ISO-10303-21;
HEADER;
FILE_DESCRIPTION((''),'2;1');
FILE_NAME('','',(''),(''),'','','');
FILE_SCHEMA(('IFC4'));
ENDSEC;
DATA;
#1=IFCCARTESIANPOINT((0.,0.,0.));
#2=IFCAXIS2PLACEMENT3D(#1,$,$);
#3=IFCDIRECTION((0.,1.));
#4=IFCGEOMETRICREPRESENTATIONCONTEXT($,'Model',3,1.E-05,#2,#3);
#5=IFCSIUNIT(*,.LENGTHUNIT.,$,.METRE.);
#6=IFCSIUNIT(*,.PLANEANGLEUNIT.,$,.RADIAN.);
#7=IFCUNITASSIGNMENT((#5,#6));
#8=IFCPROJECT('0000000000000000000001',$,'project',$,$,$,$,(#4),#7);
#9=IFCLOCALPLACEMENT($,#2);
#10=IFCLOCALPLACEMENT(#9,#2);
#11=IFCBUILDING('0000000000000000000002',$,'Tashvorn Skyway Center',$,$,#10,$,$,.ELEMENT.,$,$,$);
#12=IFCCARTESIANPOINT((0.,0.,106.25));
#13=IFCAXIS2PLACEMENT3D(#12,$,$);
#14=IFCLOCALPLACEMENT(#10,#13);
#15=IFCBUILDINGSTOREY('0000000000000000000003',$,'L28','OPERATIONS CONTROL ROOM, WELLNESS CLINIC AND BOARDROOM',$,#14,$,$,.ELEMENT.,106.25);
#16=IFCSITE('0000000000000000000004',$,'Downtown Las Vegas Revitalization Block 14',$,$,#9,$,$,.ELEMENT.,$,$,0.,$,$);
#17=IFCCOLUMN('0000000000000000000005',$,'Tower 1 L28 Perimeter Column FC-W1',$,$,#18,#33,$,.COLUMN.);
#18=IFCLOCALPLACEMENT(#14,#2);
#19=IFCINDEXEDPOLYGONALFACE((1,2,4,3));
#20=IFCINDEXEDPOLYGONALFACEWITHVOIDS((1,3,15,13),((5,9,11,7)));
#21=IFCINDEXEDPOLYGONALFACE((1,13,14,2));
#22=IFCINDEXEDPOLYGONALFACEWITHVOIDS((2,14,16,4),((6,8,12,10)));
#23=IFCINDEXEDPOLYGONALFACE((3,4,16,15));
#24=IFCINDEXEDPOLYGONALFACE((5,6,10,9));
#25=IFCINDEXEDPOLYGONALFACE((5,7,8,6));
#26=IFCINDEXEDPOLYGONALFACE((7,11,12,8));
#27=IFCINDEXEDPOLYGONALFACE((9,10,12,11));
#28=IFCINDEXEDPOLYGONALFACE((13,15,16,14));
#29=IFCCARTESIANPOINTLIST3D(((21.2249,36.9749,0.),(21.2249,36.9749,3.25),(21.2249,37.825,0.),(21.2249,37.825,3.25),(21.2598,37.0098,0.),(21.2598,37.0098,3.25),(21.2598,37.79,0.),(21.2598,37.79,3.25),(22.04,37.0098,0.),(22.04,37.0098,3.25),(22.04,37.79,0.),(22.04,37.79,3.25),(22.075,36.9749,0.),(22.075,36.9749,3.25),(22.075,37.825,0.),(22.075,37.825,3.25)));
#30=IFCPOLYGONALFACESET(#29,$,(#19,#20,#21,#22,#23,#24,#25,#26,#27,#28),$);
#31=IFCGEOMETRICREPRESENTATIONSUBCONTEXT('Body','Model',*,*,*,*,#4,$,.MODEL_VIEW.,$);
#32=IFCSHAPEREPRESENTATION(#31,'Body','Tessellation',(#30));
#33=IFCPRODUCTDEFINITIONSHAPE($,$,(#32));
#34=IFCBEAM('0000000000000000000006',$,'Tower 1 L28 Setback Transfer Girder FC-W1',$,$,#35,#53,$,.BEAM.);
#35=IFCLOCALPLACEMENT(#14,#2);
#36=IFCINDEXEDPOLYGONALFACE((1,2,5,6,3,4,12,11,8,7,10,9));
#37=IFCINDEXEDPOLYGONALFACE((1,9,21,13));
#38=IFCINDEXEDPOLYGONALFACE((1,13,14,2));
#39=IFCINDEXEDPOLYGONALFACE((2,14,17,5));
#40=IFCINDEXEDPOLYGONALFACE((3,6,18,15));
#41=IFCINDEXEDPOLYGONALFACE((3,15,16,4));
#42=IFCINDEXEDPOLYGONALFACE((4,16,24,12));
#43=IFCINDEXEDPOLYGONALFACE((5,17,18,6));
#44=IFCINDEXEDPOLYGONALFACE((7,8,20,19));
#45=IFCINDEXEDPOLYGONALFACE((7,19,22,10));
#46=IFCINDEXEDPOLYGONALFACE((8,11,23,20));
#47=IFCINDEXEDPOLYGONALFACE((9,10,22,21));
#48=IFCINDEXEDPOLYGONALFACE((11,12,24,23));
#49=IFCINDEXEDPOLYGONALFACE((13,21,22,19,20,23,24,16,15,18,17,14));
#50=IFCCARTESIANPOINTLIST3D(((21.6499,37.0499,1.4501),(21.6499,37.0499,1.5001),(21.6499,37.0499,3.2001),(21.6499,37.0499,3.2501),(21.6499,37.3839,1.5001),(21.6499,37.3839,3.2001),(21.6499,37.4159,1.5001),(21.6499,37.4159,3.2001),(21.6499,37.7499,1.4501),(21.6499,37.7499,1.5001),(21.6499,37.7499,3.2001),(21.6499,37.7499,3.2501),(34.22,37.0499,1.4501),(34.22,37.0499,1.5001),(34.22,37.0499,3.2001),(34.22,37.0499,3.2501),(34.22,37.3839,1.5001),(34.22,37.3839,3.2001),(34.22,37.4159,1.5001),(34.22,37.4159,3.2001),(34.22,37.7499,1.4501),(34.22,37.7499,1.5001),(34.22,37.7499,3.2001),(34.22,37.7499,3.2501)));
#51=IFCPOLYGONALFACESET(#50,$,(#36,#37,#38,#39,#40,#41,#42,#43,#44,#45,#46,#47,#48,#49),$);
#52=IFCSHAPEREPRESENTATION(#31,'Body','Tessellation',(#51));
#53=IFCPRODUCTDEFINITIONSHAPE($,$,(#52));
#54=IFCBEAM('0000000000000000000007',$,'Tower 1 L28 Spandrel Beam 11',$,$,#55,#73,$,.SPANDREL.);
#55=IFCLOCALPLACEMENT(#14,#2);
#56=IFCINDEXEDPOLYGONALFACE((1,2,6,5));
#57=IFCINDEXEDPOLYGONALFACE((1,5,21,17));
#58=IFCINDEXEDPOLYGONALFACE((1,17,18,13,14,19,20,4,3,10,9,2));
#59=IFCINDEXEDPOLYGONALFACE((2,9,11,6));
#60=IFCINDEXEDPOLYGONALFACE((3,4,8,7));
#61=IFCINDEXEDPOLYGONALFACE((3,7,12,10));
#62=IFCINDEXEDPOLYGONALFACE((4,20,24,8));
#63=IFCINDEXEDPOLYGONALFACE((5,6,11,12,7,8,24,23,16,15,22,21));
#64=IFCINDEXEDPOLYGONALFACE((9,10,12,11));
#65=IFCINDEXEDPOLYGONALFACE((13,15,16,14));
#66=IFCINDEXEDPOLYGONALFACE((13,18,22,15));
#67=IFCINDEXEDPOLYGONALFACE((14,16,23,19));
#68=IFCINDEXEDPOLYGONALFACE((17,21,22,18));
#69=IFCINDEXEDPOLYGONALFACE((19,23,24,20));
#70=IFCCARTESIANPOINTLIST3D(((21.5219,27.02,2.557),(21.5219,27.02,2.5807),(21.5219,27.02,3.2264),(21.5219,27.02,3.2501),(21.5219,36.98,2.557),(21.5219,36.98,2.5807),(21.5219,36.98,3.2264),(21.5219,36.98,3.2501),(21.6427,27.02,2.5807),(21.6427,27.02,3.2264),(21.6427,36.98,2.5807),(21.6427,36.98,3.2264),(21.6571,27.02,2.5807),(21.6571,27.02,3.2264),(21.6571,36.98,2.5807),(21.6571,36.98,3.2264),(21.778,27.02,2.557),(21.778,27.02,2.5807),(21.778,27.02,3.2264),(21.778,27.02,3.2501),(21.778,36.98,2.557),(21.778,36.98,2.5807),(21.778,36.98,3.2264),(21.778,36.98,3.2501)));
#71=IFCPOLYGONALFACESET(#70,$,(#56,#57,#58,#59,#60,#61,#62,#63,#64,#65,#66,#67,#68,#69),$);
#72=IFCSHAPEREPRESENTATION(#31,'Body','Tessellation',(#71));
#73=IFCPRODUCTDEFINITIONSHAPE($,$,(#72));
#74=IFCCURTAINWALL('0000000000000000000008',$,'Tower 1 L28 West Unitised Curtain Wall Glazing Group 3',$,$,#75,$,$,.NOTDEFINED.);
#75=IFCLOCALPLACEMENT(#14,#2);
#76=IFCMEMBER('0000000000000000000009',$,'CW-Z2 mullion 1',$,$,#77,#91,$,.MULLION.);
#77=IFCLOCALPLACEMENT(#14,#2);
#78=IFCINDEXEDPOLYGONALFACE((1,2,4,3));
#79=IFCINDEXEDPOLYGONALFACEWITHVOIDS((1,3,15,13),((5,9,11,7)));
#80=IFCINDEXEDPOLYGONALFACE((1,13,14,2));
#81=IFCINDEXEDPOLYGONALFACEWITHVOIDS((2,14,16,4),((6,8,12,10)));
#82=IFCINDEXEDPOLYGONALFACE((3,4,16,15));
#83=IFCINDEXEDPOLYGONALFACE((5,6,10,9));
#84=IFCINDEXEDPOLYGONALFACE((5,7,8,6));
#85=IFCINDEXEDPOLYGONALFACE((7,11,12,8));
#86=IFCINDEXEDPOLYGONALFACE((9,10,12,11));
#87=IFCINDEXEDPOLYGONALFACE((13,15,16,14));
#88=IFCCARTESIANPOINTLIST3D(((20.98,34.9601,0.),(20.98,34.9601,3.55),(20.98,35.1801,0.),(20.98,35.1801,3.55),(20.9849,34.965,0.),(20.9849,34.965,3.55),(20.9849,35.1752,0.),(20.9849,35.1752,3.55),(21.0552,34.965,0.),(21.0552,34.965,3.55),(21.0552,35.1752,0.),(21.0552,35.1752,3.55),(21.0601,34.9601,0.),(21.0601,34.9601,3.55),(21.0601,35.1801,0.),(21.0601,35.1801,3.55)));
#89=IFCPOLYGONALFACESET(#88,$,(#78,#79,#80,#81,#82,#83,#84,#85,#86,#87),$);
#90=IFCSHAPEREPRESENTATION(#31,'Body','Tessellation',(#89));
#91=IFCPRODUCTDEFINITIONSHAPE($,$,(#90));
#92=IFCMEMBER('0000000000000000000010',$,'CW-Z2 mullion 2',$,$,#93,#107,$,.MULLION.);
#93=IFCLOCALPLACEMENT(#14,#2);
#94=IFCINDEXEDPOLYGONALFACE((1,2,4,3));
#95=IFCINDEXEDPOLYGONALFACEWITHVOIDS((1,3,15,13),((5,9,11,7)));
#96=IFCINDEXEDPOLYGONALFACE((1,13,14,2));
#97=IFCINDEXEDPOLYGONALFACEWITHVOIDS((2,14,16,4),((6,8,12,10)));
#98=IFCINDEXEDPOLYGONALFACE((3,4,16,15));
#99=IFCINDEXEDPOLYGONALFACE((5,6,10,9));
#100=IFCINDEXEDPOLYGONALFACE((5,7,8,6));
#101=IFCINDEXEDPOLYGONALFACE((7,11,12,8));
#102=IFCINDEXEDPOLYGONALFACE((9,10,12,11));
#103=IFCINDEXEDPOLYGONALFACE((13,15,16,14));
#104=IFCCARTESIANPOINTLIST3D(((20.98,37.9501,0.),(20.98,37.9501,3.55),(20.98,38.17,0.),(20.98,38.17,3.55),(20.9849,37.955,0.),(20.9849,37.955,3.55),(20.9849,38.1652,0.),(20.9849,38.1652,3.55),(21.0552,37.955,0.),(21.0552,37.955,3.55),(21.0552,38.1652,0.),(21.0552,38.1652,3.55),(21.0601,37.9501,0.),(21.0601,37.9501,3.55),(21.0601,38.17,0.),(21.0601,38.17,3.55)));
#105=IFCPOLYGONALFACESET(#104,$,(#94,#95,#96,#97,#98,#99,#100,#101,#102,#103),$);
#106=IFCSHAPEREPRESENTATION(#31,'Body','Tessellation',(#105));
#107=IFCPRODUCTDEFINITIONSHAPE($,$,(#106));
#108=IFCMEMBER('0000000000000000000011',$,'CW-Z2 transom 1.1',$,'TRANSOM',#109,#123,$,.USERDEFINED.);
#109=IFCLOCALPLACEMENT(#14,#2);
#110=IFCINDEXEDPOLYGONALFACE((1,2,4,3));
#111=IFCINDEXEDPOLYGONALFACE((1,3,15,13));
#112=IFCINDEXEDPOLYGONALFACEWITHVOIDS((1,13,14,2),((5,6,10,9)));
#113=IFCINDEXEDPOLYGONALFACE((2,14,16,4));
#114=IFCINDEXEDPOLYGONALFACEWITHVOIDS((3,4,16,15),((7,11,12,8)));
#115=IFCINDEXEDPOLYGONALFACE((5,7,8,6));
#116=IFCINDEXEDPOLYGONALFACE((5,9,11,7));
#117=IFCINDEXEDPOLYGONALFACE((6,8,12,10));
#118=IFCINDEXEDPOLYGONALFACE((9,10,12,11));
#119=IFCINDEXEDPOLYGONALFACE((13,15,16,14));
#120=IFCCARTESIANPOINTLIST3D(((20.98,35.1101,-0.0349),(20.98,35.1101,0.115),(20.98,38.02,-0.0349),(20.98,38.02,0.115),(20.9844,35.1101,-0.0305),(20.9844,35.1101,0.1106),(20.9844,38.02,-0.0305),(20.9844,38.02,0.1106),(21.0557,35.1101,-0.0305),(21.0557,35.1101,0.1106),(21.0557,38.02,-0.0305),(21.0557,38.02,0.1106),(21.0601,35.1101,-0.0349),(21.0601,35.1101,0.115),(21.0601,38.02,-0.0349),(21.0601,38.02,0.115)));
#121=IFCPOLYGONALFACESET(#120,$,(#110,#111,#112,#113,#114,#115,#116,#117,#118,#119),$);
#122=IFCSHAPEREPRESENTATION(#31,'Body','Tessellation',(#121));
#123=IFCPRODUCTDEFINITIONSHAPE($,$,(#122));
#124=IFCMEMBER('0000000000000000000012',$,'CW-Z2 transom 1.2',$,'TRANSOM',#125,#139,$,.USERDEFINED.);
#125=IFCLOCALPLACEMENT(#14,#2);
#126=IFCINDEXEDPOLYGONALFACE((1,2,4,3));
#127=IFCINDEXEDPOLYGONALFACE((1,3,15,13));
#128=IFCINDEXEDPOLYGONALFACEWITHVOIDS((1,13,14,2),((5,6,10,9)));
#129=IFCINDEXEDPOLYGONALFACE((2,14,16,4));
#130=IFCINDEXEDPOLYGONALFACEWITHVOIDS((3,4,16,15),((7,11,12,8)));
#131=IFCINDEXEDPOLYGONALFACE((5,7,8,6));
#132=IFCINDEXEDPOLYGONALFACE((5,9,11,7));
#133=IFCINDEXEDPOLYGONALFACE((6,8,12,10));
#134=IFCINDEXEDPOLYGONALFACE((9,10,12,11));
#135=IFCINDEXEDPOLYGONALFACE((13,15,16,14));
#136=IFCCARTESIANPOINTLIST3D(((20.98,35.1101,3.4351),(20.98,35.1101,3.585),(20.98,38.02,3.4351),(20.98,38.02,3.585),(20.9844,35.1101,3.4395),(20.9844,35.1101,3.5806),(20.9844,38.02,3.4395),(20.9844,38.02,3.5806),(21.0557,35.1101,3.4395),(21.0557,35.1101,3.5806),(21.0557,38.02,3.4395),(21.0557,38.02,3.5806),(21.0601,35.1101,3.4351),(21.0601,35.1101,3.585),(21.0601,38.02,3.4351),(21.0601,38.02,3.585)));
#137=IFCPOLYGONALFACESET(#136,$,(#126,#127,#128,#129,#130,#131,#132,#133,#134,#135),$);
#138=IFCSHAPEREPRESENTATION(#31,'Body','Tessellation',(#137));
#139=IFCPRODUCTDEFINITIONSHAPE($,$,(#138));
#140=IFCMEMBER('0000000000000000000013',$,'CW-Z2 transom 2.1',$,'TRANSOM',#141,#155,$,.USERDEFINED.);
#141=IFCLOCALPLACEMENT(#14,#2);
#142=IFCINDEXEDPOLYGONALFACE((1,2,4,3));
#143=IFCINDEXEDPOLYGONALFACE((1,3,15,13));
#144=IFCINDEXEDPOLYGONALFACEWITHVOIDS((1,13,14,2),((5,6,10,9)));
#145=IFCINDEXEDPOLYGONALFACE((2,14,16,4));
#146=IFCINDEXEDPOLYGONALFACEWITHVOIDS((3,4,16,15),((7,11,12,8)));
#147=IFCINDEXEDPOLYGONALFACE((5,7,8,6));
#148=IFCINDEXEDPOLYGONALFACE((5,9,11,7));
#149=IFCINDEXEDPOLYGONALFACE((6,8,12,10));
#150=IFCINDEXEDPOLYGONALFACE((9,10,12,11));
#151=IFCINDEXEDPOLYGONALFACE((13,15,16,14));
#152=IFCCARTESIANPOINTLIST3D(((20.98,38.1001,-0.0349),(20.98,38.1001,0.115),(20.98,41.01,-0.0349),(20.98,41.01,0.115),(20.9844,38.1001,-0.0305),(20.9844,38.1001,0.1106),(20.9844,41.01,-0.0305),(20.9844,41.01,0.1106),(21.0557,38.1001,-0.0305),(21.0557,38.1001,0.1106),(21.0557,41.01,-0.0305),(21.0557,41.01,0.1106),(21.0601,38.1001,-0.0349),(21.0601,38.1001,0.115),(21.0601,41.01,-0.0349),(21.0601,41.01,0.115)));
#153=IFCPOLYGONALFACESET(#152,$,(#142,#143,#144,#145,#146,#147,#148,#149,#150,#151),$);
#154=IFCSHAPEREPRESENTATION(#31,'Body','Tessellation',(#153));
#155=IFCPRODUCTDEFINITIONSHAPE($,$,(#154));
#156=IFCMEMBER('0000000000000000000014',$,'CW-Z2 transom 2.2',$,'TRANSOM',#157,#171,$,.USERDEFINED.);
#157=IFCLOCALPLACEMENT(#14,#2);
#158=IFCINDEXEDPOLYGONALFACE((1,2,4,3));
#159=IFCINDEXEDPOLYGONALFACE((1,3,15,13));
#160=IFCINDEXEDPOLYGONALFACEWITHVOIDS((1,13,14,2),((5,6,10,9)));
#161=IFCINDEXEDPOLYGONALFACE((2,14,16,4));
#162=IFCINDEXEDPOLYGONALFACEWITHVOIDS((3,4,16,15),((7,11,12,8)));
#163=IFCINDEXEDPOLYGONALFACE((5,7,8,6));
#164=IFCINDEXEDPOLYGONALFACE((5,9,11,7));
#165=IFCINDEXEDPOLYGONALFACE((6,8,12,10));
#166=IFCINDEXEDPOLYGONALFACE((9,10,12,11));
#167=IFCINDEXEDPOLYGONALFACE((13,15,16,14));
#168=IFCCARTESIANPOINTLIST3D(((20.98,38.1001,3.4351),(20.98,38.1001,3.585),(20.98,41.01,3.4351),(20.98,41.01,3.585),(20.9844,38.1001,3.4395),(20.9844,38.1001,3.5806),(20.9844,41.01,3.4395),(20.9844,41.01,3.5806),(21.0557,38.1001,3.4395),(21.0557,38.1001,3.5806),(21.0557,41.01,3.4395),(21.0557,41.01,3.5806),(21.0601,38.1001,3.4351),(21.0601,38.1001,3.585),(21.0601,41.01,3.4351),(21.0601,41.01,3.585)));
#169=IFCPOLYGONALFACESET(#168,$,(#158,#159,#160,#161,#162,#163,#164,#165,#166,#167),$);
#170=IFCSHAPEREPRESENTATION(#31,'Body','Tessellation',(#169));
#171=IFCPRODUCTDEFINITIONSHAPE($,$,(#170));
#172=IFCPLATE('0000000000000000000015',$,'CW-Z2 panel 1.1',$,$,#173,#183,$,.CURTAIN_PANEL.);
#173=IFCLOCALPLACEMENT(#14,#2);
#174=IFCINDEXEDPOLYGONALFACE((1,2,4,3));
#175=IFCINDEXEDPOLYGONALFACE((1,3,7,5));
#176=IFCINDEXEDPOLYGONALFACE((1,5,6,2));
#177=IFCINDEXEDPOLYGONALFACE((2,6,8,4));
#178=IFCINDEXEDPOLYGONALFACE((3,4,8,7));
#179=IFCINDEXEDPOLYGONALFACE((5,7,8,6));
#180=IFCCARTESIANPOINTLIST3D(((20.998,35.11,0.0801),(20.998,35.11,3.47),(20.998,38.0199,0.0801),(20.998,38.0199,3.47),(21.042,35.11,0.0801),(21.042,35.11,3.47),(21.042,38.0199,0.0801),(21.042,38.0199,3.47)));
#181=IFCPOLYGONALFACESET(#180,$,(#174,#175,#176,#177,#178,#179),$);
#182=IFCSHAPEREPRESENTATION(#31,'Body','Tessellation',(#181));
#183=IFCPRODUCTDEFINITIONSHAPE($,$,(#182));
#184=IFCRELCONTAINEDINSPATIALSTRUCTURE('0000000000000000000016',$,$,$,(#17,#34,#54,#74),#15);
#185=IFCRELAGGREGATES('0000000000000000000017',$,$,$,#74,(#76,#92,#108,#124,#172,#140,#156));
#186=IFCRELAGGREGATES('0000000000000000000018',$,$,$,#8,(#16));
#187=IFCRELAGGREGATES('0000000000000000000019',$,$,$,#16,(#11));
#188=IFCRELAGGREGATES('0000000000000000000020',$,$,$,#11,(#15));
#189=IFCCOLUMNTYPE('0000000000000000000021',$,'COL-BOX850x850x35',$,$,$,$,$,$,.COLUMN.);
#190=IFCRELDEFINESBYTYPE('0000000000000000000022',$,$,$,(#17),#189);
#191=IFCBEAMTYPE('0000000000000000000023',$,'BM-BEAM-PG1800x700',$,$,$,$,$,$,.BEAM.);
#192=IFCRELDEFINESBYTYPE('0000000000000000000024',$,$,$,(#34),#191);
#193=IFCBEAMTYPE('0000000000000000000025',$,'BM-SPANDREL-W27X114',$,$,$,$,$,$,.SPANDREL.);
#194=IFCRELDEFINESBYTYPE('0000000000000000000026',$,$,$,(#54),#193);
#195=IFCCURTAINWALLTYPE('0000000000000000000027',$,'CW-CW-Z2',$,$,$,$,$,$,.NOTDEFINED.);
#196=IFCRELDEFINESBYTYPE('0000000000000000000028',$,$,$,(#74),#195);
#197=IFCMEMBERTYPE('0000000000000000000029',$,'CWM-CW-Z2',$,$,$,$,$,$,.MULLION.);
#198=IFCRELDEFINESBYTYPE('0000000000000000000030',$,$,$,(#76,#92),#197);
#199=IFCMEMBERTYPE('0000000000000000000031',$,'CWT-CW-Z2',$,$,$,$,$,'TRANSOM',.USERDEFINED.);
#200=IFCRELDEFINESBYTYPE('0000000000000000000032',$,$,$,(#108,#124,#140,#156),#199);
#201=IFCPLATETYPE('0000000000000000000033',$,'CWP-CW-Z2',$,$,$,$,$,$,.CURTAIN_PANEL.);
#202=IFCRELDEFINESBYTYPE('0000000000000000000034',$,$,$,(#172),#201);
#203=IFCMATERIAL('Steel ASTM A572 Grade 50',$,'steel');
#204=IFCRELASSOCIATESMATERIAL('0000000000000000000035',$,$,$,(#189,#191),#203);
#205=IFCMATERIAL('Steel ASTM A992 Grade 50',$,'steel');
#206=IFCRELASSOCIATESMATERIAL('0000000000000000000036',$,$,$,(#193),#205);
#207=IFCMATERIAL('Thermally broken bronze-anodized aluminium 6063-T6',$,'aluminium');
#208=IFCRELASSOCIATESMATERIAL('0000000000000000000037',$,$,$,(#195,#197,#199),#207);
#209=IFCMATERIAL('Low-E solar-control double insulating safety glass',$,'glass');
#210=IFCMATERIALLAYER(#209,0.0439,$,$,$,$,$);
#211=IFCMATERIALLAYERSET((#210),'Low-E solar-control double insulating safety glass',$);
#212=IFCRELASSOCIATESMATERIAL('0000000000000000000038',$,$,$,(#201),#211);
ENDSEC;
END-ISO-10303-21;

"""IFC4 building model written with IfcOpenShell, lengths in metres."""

from ifc_helpers import new_model, si_unit, direction, frame, origin, origin_2d, place, context, subcontext, project, spatial, rectangle, hollow_rectangle, i_section, extrude, material, layer, layer_set, material_profile, profile_set, type_object, element, aggregate, save


model = new_model("IFC4")

# Units and contexts
model_context = context("Model", 3, precision=1e-05, world=origin(), true_north=direction((0.0, 1.0)))
body_context = subcontext(model_context, "Body", "Model", "MODEL_VIEW")
ifc_project = project(units=[si_unit("LENGTHUNIT", "METRE"), si_unit("PLANEANGLEUNIT", "RADIAN")], contexts=[model_context])

# Site, building, storey
site_placement = place(None, origin())
site = spatial("IfcSite", under=ifc_project, at=site_placement, Name="Downtown Las Vegas Revitalization Block 14", CompositionType="ELEMENT", RefElevation=0.0)
building_placement = place(site_placement, origin())
building = spatial("IfcBuilding", under=site, at=building_placement, Name="Tashvorn Skyway Center", CompositionType="ELEMENT")
storey_placement = place(building_placement, frame((0.0, 0.0, 106.25)))
storey = spatial("IfcBuildingStorey", under=building, at=storey_placement, Name="L28", Description="OPERATIONS CONTROL ROOM, WELLNESS CLINIC AND BOARDROOM", CompositionType="ELEMENT", Elevation=106.25)

# Column
ifc_material_1 = material(Name="Steel ASTM A572 Grade 50", Category="steel")
ifc_material_profile_1 = material_profile(ifc_material_1, hollow_rectangle(XDim=0.8501, YDim=0.8501, WallThickness=0.0349, at=origin_2d()), Name="BOX850x850x35")
ifc_profile_set_1 = profile_set([ifc_material_profile_1], Name="Steel ASTM A572 Grade 50")
column_type = type_object("IfcColumnType", Name="COL-BOX850x850x35", PredefinedType="COLUMN", material=ifc_profile_set_1)
column_placement = place(storey_placement, frame((21.6499, 37.3999, 0.0), z_axis=(0.0, 0.0, 1.0), x_axis=(1.0, 0.0, 0.0)))
element("IfcColumn", 1, at=column_placement, inside=storey, type_object=column_type, Name="Tower 1 L28 Perimeter Column FC-W1", PredefinedType="COLUMN", context=body_context, shape_type="SweptSolid", body=[
    extrude(hollow_rectangle(XDim=0.8501, YDim=0.8501, WallThickness=0.0349, at=origin_2d()), origin(), (0.0, 0.0, 1.0), 3.25),
])

# Beams
ifc_material_profile_2 = material_profile(ifc_material_1, i_section(OverallWidth=0.7, OverallDepth=1.8, WebThickness=0.032, FlangeThickness=0.05, at=origin_2d()), Name="PG1800x700")
ifc_profile_set_2 = profile_set([ifc_material_profile_2], Name="Steel ASTM A572 Grade 50")
beam_type_1 = type_object("IfcBeamType", Name="BM-BEAM-PG1800x700", PredefinedType="BEAM", material=ifc_profile_set_2)
beam_1_placement = place(storey_placement, frame((21.6499, 37.3999, 2.3501), z_axis=(1.0, 0.0, 0.0), x_axis=(0.0, 1.0, 0.0)))
element("IfcBeam", 2, at=beam_1_placement, inside=storey, type_object=beam_type_1, Name="Tower 1 L28 Setback Transfer Girder FC-W1", PredefinedType="BEAM", context=body_context, shape_type="SweptSolid", body=[
    extrude(i_section(OverallWidth=0.7, OverallDepth=1.8, WebThickness=0.032, FlangeThickness=0.05, at=origin_2d()), origin(), (0.0, 0.0, 1.0), 12.5701),
])
ifc_material_2 = material(Name="Steel ASTM A992 Grade 50", Category="steel")
ifc_material_profile_3 = material_profile(ifc_material_2, i_section(OverallWidth=0.2561, OverallDepth=0.6931, WebThickness=0.0144, FlangeThickness=0.0237, at=origin_2d()), Name="W27X114")
ifc_profile_set_3 = profile_set([ifc_material_profile_3], Name="Steel ASTM A992 Grade 50")
beam_type_2 = type_object("IfcBeamType", Name="BM-SPANDREL-W27X114", PredefinedType="SPANDREL", material=ifc_profile_set_3)
beam_2_placement = place(storey_placement, frame((21.6499, 36.98, 2.9036), z_axis=(0.0, -1.0, 0.0), x_axis=(1.0, 0.0, 0.0)))
element("IfcBeam", 3, at=beam_2_placement, inside=storey, type_object=beam_type_2, Name="Tower 1 L28 Spandrel Beam 11", PredefinedType="SPANDREL", context=body_context, shape_type="SweptSolid", body=[
    extrude(i_section(OverallWidth=0.2561, OverallDepth=0.6931, WebThickness=0.0144, FlangeThickness=0.0237, at=origin_2d()), origin(), (0.0, 0.0, 1.0), 9.96),
])

# Curtain wall, members, plate
ifc_material_3 = material(Name="Thermally broken bronze-anodized aluminium 6063-T6", Category="aluminium")
curtain_wall_type = type_object("IfcCurtainWallType", Name="CW-CW-Z2", PredefinedType="NOTDEFINED", material=ifc_material_3)
curtain_wall_placement = place(storey_placement, origin())
curtain_wall = element("IfcCurtainWall", 4, at=curtain_wall_placement, inside=storey, type_object=curtain_wall_type, Name="Tower 1 L28 West Unitised Curtain Wall Glazing Group 3", PredefinedType="NOTDEFINED")
ifc_material_profile_4 = material_profile(ifc_material_3, hollow_rectangle(XDim=0.0801, YDim=0.22, WallThickness=0.0049, at=origin_2d()), Name="ALU-MULL-80x220")
ifc_profile_set_4 = profile_set([ifc_material_profile_4], Name="Thermally broken bronze-anodized aluminium 6063-T6")
member_type_1 = type_object("IfcMemberType", Name="CWM-CW-Z2", PredefinedType="MULLION", material=ifc_profile_set_4)
member_1_placement = place(storey_placement, frame((21.02, 35.0701, 0.0), z_axis=(0.0, 0.0, 1.0), x_axis=(-1.0, 0.0, 0.0)))
member_1 = element("IfcMember", 5, at=member_1_placement, type_object=member_type_1, Name="CW-Z2 mullion 1", PredefinedType="MULLION", context=body_context, shape_type="SweptSolid", body=[
    extrude(hollow_rectangle(XDim=0.0801, YDim=0.22, WallThickness=0.0049, at=origin_2d()), origin(), (0.0, 0.0, 1.0), 3.55),
])
member_2_placement = place(storey_placement, frame((21.02, 38.0601, 0.0), z_axis=(0.0, 0.0, 1.0), x_axis=(-1.0, 0.0, 0.0)))
member_2 = element("IfcMember", 6, at=member_2_placement, type_object=member_type_1, Name="CW-Z2 mullion 2", PredefinedType="MULLION", context=body_context, shape_type="SweptSolid", body=[
    extrude(hollow_rectangle(XDim=0.0801, YDim=0.22, WallThickness=0.0049, at=origin_2d()), origin(), (0.0, 0.0, 1.0), 3.55),
])
ifc_material_profile_5 = material_profile(ifc_material_3, hollow_rectangle(XDim=0.0801, YDim=0.1499, WallThickness=0.0044, at=origin_2d()), Name="ALU-TRAN-80x150")
ifc_profile_set_5 = profile_set([ifc_material_profile_5], Name="Thermally broken bronze-anodized aluminium 6063-T6")
member_type_2 = type_object("IfcMemberType", Name="CWT-CW-Z2", ElementType="TRANSOM", PredefinedType="USERDEFINED", material=ifc_profile_set_5)
member_3_placement = place(storey_placement, frame((21.02, 35.1101, 0.04), z_axis=(0.0, 1.0, 0.0), x_axis=(-1.0, 0.0, 0.0)))
member_3 = element("IfcMember", 7, at=member_3_placement, type_object=member_type_2, Name="CW-Z2 transom 1.1", ObjectType="TRANSOM", PredefinedType="USERDEFINED", context=body_context, shape_type="SweptSolid", body=[
    extrude(hollow_rectangle(XDim=0.0801, YDim=0.1499, WallThickness=0.0044, at=origin_2d()), origin(), (0.0, 0.0, 1.0), 2.9099),
])
member_4_placement = place(storey_placement, frame((21.02, 35.1101, 3.51), z_axis=(0.0, 1.0, 0.0), x_axis=(-1.0, 0.0, 0.0)))
member_4 = element("IfcMember", 8, at=member_4_placement, type_object=member_type_2, Name="CW-Z2 transom 1.2", ObjectType="TRANSOM", PredefinedType="USERDEFINED", context=body_context, shape_type="SweptSolid", body=[
    extrude(hollow_rectangle(XDim=0.0801, YDim=0.1499, WallThickness=0.0044, at=origin_2d()), origin(), (0.0, 0.0, 1.0), 2.9099),
])
member_5_placement = place(storey_placement, frame((21.02, 38.1001, 0.04), z_axis=(0.0, 1.0, 0.0), x_axis=(-1.0, 0.0, 0.0)))
member_5 = element("IfcMember", 9, at=member_5_placement, type_object=member_type_2, Name="CW-Z2 transom 2.1", ObjectType="TRANSOM", PredefinedType="USERDEFINED", context=body_context, shape_type="SweptSolid", body=[
    extrude(hollow_rectangle(XDim=0.0801, YDim=0.1499, WallThickness=0.0044, at=origin_2d()), origin(), (0.0, 0.0, 1.0), 2.9099),
])
member_6_placement = place(storey_placement, frame((21.02, 38.1001, 3.51), z_axis=(0.0, 1.0, 0.0), x_axis=(-1.0, 0.0, 0.0)))
member_6 = element("IfcMember", 10, at=member_6_placement, type_object=member_type_2, Name="CW-Z2 transom 2.2", ObjectType="TRANSOM", PredefinedType="USERDEFINED", context=body_context, shape_type="SweptSolid", body=[
    extrude(hollow_rectangle(XDim=0.0801, YDim=0.1499, WallThickness=0.0044, at=origin_2d()), origin(), (0.0, 0.0, 1.0), 2.9099),
])
ifc_material_4 = material(Name="Low-E solar-control double insulating safety glass", Category="glass")
ifc_layer_1 = layer(ifc_material_4, 0.0439)
ifc_layer_set_1 = layer_set([ifc_layer_1], Name="Low-E solar-control double insulating safety glass")
plate_type_1 = type_object("IfcPlateType", Name="CWP-CW-Z2", PredefinedType="CURTAIN_PANEL", material=ifc_layer_set_1)
plate_1_placement = place(storey_placement, frame((21.02, 36.5649, 0.0801), z_axis=(0.0, 0.0, 1.0), x_axis=(0.0, 1.0, 0.0)))
plate_1 = element("IfcPlate", 11, at=plate_1_placement, type_object=plate_type_1, Name="CW-Z2 panel 1.1", PredefinedType="CURTAIN_PANEL", context=body_context, shape_type="SweptSolid", body=[
    extrude(rectangle(XDim=2.9099, YDim=0.0439, at=origin_2d()), origin(), (0.0, 0.0, 1.0), 3.3899),
])
aggregate(curtain_wall, [member_1, member_2, member_3, member_4, plate_1, member_5, member_6])

save(model, "model.ifc")
